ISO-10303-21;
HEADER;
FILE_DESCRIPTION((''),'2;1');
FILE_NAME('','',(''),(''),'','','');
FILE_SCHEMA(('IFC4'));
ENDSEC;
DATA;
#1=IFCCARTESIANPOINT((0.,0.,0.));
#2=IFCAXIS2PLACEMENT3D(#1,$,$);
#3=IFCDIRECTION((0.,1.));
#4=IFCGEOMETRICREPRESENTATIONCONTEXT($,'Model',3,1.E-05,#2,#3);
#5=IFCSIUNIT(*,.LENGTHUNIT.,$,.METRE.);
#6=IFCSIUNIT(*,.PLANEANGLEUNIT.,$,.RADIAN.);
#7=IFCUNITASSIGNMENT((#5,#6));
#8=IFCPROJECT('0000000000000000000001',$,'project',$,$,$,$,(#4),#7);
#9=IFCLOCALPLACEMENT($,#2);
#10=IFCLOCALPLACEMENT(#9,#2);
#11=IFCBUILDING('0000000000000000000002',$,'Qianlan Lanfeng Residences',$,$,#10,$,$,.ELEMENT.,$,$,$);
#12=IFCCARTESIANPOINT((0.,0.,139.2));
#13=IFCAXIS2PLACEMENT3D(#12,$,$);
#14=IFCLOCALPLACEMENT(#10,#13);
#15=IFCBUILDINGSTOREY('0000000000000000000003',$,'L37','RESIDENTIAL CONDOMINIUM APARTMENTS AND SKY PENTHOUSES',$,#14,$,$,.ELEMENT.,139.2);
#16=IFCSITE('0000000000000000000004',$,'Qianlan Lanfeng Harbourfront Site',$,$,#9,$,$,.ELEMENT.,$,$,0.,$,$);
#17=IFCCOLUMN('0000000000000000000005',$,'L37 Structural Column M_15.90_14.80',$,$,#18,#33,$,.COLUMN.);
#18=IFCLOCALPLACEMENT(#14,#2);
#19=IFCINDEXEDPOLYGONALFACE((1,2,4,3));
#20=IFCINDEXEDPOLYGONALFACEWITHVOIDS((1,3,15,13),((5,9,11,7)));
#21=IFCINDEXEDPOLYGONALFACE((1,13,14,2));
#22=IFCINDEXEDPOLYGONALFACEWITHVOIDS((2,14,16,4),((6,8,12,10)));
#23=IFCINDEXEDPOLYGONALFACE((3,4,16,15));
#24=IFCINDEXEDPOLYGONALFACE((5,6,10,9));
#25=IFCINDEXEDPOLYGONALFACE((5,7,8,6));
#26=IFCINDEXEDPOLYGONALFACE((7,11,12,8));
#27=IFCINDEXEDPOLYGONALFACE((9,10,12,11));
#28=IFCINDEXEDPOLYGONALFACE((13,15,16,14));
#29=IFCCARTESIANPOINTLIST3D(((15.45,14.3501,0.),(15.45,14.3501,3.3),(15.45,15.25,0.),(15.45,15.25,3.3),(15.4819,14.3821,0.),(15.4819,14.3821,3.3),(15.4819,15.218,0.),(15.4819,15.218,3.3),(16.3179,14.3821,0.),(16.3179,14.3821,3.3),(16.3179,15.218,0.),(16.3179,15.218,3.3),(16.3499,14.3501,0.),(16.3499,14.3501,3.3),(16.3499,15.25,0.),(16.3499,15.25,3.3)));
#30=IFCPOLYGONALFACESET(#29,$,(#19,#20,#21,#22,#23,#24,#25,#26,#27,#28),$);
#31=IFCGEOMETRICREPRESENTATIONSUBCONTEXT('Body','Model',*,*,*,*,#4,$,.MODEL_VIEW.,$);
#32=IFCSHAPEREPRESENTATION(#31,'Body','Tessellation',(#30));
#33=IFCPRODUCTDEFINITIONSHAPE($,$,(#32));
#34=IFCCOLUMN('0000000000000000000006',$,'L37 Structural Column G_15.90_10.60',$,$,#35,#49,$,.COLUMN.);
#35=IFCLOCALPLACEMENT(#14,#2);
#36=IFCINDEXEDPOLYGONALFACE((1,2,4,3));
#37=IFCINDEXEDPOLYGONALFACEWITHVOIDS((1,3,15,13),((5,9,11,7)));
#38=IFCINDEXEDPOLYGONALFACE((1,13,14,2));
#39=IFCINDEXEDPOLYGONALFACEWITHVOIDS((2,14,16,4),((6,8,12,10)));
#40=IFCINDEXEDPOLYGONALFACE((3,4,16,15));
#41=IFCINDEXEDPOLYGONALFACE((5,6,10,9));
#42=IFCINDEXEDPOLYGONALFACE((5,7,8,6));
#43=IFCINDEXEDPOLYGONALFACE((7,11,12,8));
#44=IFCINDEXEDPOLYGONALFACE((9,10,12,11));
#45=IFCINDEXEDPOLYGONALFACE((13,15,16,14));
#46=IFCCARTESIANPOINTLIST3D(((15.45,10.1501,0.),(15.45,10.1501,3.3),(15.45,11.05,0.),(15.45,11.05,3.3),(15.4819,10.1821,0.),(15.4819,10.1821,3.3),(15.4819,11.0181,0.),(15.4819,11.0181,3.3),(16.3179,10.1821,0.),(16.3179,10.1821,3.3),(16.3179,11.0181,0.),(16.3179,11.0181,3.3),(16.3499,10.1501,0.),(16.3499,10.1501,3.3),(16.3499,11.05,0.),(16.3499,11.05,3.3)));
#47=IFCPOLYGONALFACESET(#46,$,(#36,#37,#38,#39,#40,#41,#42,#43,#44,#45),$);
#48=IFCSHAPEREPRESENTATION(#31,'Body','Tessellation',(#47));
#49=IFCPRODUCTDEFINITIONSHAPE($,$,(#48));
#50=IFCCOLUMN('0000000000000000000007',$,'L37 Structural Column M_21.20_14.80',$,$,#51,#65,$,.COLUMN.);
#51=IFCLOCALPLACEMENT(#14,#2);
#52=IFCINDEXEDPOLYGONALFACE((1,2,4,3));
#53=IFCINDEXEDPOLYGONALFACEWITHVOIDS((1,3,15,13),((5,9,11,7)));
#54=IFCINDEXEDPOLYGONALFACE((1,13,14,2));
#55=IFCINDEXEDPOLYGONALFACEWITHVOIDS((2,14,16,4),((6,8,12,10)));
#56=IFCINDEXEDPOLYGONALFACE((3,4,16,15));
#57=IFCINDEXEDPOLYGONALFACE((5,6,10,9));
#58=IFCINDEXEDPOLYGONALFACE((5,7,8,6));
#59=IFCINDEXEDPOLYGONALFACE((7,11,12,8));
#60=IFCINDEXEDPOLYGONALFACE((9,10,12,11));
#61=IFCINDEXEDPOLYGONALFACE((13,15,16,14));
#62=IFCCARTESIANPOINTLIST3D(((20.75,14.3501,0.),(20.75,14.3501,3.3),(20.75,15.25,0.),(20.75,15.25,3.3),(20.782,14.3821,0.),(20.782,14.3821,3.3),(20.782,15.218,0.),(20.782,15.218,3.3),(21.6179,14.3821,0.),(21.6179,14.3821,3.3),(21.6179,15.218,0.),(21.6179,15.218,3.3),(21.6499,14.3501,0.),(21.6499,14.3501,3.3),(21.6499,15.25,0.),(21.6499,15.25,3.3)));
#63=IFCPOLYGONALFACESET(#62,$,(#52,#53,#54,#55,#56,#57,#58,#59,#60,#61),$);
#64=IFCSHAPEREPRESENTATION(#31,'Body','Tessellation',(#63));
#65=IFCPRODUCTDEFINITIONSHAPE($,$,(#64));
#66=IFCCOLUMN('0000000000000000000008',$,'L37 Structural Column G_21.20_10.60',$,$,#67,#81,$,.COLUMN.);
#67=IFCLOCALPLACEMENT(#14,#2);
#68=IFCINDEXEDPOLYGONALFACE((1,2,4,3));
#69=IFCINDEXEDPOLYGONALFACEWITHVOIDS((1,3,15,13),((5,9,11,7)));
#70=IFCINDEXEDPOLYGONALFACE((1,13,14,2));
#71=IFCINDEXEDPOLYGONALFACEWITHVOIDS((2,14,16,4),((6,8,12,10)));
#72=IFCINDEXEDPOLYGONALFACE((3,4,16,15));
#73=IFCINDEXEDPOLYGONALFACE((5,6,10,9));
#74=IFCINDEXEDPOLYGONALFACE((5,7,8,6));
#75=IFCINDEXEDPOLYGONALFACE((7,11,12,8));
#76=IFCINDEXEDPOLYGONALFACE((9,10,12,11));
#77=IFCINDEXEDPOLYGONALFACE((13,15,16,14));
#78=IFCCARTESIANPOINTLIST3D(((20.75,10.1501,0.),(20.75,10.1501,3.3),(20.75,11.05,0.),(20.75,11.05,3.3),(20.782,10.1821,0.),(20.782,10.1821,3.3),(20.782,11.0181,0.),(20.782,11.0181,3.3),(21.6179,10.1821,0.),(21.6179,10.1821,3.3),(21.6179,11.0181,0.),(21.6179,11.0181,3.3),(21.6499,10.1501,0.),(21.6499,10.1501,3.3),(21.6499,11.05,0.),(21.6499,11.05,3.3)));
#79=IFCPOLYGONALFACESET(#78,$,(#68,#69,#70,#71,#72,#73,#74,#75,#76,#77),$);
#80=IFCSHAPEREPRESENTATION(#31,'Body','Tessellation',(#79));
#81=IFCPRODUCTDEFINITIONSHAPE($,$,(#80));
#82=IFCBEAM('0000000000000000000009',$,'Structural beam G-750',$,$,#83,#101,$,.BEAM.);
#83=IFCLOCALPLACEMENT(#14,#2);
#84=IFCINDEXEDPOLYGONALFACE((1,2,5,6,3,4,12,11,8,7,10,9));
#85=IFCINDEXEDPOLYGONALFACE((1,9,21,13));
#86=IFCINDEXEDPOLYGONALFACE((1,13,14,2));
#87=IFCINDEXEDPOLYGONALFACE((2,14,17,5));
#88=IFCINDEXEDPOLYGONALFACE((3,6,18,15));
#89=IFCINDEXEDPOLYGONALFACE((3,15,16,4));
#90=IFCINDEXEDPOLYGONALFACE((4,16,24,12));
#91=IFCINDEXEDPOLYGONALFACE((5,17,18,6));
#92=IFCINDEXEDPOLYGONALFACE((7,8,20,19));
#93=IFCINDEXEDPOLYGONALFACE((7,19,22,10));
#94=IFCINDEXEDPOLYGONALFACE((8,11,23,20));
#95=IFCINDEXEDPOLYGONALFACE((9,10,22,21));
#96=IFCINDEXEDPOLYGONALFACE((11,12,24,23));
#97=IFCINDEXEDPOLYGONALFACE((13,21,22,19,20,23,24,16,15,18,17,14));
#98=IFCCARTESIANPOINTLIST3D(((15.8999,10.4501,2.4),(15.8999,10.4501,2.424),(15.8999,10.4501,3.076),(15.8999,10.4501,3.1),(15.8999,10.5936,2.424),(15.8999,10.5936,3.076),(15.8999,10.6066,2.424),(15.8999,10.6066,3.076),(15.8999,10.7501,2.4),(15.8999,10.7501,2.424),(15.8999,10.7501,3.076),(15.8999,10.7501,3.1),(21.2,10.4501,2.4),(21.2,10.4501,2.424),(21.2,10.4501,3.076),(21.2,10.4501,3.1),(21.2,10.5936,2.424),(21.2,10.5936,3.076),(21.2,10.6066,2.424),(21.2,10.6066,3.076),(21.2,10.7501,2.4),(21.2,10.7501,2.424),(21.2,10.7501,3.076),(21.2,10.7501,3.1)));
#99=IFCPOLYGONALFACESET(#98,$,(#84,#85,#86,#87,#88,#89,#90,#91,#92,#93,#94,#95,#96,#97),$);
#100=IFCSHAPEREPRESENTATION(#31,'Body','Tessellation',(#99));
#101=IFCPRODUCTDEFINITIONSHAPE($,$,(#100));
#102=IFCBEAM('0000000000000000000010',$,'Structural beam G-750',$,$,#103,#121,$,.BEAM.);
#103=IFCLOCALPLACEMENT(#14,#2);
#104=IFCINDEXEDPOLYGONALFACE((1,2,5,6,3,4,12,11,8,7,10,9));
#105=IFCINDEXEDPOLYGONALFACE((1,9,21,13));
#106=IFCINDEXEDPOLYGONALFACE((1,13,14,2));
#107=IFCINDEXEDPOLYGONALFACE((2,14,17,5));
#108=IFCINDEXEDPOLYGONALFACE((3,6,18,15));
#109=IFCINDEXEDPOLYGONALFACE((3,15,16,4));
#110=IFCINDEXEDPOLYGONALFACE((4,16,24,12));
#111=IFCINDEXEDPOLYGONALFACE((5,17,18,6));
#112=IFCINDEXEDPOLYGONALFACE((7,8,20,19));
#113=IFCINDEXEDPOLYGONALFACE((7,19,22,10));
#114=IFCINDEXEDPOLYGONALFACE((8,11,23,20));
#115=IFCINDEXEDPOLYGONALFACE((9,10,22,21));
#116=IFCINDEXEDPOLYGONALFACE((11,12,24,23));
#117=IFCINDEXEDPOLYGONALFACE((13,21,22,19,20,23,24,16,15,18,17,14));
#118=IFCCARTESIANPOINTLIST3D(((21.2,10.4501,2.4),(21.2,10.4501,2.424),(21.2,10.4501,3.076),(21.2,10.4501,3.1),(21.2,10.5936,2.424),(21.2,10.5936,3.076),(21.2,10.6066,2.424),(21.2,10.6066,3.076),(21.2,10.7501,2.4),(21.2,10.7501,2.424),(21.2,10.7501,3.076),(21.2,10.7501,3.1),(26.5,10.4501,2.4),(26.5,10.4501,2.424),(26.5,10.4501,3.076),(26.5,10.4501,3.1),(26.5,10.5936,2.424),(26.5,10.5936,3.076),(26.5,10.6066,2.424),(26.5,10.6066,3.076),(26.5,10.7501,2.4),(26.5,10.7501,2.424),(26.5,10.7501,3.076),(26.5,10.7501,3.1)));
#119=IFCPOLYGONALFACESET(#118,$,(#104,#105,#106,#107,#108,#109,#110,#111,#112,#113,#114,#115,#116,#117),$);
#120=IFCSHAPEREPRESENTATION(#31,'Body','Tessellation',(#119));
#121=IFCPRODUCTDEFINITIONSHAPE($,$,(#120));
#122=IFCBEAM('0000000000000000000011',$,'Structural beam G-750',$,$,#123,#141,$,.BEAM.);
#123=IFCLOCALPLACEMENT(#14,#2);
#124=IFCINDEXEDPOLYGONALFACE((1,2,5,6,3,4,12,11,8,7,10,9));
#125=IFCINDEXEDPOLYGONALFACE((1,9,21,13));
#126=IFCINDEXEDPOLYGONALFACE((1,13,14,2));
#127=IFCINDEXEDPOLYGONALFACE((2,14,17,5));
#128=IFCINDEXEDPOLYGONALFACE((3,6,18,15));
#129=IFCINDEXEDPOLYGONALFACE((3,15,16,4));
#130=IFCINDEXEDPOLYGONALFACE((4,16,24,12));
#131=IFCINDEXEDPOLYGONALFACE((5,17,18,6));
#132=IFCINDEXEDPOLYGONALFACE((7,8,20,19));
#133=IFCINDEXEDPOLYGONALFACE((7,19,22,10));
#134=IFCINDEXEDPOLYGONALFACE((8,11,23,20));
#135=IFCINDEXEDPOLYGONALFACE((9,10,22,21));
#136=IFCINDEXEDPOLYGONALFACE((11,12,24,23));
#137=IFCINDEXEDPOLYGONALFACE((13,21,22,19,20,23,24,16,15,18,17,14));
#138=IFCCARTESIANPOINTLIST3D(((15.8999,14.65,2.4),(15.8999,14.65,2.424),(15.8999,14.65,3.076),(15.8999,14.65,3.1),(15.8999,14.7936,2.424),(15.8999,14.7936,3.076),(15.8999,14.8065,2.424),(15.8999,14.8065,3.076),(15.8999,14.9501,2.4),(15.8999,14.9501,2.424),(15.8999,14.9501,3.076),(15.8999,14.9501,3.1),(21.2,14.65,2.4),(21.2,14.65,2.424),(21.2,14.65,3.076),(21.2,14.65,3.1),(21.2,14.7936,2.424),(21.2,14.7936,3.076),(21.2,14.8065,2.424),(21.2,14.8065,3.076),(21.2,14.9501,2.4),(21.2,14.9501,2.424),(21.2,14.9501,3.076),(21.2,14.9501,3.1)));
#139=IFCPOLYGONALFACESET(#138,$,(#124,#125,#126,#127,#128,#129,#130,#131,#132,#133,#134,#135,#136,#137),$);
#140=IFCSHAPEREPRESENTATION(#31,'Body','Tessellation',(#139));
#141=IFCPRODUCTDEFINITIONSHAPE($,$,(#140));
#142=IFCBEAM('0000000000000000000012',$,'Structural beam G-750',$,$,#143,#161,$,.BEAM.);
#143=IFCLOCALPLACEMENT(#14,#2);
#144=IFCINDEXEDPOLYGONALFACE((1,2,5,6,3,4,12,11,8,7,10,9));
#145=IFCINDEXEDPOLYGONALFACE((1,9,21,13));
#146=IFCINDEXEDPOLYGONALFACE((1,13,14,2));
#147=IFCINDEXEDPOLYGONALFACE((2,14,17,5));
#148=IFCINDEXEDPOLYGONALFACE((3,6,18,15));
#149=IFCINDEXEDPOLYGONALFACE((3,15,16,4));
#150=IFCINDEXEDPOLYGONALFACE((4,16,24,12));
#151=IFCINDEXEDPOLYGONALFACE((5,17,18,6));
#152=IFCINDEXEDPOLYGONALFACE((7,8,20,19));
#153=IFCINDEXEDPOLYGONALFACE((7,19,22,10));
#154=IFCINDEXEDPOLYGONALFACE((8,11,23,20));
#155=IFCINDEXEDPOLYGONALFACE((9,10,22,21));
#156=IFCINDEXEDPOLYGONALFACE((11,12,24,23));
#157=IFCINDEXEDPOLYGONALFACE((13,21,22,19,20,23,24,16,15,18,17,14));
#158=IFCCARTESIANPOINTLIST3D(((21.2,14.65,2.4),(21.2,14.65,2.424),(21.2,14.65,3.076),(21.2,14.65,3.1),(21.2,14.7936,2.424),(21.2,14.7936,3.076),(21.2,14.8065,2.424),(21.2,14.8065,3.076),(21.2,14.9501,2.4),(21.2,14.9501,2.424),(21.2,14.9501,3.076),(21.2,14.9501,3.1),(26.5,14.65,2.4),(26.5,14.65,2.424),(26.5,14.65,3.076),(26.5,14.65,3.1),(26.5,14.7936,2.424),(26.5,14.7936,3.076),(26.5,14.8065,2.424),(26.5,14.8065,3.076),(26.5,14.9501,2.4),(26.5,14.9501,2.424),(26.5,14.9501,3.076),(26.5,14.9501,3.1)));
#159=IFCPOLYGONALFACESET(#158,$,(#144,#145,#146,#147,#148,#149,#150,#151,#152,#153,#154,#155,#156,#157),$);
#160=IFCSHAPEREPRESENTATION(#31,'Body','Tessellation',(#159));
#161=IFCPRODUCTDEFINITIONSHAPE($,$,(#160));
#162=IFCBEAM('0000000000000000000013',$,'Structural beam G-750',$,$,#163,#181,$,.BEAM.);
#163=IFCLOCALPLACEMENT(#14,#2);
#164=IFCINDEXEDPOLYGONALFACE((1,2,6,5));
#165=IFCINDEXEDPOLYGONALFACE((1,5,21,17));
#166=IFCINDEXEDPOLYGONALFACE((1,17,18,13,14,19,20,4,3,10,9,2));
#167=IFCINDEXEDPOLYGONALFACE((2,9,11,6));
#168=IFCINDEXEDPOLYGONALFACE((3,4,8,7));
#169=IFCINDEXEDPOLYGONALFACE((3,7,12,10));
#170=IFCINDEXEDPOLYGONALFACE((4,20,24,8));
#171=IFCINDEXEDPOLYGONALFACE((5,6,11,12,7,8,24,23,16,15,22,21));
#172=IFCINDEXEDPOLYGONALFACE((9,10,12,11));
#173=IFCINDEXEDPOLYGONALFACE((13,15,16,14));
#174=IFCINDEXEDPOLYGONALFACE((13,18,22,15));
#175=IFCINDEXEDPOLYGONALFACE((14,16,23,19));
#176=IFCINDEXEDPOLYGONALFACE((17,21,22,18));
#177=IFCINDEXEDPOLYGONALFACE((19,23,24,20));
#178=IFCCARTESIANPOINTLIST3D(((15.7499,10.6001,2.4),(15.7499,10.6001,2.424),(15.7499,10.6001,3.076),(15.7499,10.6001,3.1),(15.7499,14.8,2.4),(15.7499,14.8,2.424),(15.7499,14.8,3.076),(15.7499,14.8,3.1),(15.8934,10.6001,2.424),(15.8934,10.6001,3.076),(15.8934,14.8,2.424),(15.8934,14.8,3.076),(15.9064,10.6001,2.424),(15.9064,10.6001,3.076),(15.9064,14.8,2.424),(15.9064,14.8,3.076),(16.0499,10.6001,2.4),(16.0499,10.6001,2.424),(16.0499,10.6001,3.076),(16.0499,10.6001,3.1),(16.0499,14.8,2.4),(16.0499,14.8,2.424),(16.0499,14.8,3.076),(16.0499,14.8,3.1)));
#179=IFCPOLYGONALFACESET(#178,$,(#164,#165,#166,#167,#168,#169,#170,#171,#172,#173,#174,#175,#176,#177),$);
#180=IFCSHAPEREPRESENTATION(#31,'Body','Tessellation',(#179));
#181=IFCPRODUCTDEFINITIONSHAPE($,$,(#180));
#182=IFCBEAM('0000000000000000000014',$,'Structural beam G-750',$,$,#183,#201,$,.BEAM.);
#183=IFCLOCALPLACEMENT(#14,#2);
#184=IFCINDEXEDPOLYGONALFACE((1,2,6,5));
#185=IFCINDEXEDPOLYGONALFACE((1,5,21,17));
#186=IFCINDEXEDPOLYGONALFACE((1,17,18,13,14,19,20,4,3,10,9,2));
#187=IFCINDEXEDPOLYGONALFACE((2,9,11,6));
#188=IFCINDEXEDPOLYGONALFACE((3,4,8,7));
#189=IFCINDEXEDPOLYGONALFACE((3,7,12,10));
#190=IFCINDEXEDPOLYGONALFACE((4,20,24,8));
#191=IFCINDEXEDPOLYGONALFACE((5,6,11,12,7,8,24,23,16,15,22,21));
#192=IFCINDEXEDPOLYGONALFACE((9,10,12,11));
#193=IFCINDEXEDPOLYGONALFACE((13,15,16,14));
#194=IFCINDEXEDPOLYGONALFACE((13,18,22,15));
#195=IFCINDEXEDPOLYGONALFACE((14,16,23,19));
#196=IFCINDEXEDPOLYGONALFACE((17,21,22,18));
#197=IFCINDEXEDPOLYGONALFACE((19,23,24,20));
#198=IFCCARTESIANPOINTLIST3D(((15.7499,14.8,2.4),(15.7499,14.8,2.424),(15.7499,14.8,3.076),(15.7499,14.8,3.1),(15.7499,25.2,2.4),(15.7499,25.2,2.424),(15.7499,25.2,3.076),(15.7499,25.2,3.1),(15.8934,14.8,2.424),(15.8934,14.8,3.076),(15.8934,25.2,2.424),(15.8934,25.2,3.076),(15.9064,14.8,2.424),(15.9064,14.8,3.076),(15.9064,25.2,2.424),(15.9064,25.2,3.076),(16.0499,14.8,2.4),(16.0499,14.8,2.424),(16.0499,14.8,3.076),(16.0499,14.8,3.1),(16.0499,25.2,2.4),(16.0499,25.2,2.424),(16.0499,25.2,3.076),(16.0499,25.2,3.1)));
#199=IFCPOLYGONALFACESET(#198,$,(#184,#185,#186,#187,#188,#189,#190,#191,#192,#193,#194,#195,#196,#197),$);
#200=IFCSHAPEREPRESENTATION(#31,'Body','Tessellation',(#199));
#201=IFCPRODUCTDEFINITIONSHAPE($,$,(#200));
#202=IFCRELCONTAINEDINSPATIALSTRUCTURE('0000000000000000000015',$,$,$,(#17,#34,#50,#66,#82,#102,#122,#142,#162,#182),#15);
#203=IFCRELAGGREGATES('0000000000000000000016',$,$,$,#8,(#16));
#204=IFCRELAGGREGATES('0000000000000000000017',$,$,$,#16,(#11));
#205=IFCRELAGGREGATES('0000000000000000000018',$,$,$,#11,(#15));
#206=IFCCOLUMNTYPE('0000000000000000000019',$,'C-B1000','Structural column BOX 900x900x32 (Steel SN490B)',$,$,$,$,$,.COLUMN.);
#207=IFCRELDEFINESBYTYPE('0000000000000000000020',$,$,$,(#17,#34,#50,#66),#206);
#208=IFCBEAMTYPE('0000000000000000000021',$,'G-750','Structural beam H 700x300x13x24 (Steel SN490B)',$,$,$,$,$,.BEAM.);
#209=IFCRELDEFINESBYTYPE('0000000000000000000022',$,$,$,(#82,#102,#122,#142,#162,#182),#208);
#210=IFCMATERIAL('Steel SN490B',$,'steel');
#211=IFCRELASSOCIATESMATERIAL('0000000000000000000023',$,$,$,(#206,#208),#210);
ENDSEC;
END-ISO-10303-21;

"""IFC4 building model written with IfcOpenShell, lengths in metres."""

from ifc_helpers import new_model, si_unit, direction, frame, origin, origin_2d, place, context, subcontext, project, spatial, hollow_rectangle, i_section, extrude, material, material_profile, profile_set, type_object, element, save


model = new_model("IFC4")

# Units and contexts
model_context = context("Model", 3, precision=1e-05, world=origin(), true_north=direction((0.0, 1.0)))
body_context = subcontext(model_context, "Body", "Model", "MODEL_VIEW")
ifc_project = project(units=[si_unit("LENGTHUNIT", "METRE"), si_unit("PLANEANGLEUNIT", "RADIAN")], contexts=[model_context])

# Site, building, storey
site_placement = place(None, origin())
site = spatial("IfcSite", under=ifc_project, at=site_placement, Name="Qianlan Lanfeng Harbourfront Site", CompositionType="ELEMENT", RefElevation=0.0)
building_placement = place(site_placement, origin())
building = spatial("IfcBuilding", under=site, at=building_placement, Name="Qianlan Lanfeng Residences", CompositionType="ELEMENT")
storey_placement = place(building_placement, frame((0.0, 0.0, 139.2)))
storey = spatial("IfcBuildingStorey", under=building, at=storey_placement, Name="L37", Description="RESIDENTIAL CONDOMINIUM APARTMENTS AND SKY PENTHOUSES", CompositionType="ELEMENT", Elevation=139.2)

# Columns
ifc_material_1 = material(Name="Steel SN490B", Category="steel")
ifc_material_profile_1 = material_profile(ifc_material_1, hollow_rectangle(XDim=0.8999, YDim=0.8999, WallThickness=0.032, at=origin_2d()), Name="BOX 900x900x32")
ifc_profile_set_1 = profile_set([ifc_material_profile_1], Name="Steel SN490B")
column_type = type_object("IfcColumnType", Name="C-B1000", Description="Structural column BOX 900x900x32 (Steel SN490B)", PredefinedType="COLUMN", material=ifc_profile_set_1)
for number, where, z_axis, x_axis, name in (
    (1, (15.8999, 14.8, 0.0), (0.0, 0.0, 1.0), (1.0, 0.0, 0.0), "L37 Structural Column M_15.90_14.80"),
    (2, (15.8999, 10.6001, 0.0), (0.0, 0.0, 1.0), (1.0, 0.0, 0.0), "L37 Structural Column G_15.90_10.60"),
    (3, (21.2, 14.8, 0.0), (0.0, 0.0, 1.0), (1.0, 0.0, 0.0), "L37 Structural Column M_21.20_14.80"),
    (4, (21.2, 10.6001, 0.0), (0.0, 0.0, 1.0), (1.0, 0.0, 0.0), "L37 Structural Column G_21.20_10.60"),
):
    element("IfcColumn", number, at=place(storey_placement, frame(where, z_axis=z_axis, x_axis=x_axis)), inside=storey, type_object=column_type, Name=name, PredefinedType="COLUMN", context=body_context, shape_type="SweptSolid", body=[
        extrude(hollow_rectangle(XDim=0.8999, YDim=0.8999, WallThickness=0.032, at=origin_2d()), origin(), (0.0, 0.0, 1.0), 3.3),
    ])

# Beams
ifc_material_profile_2 = material_profile(ifc_material_1, i_section(OverallWidth=0.3, OverallDepth=0.7, WebThickness=0.0129, FlangeThickness=0.0239, at=origin_2d()), Name="H 700x300x13x24")
ifc_profile_set_2 = profile_set([ifc_material_profile_2], Name="Steel SN490B")
beam_type_1 = type_object("IfcBeamType", Name="G-750", Description="Structural beam H 700x300x13x24 (Steel SN490B)", PredefinedType="BEAM", material=ifc_profile_set_2)
for number, where, z_axis, x_axis, name in (
    (5, (15.8999, 10.6001, 2.75), (1.0, 0.0, 0.0), (0.0, 1.0, 0.0), "Structural beam G-750"),
    (6, (21.2, 10.6001, 2.75), (1.0, 0.0, 0.0), (0.0, 1.0, 0.0), "Structural beam G-750"),
    (7, (15.8999, 14.8, 2.75), (1.0, 0.0, 0.0), (0.0, 1.0, 0.0), "Structural beam G-750"),
    (8, (21.2, 14.8, 2.75), (1.0, 0.0, 0.0), (0.0, 1.0, 0.0), "Structural beam G-750"),
):
    element("IfcBeam", number, at=place(storey_placement, frame(where, z_axis=z_axis, x_axis=x_axis)), inside=storey, type_object=beam_type_1, Name=name, PredefinedType="BEAM", context=body_context, shape_type="SweptSolid", body=[
        extrude(i_section(OverallWidth=0.3, OverallDepth=0.7, WebThickness=0.0129, FlangeThickness=0.0239, at=origin_2d()), origin(), (0.0, 0.0, 1.0), 5.3),
    ])
beam_1_placement = place(storey_placement, frame((15.8999, 10.6001, 2.75), z_axis=(0.0, 1.0, 0.0), x_axis=(-1.0, 0.0, 0.0)))
element("IfcBeam", 9, at=beam_1_placement, inside=storey, type_object=beam_type_1, Name="Structural beam G-750", PredefinedType="BEAM", context=body_context, shape_type="SweptSolid", body=[
    extrude(i_section(OverallWidth=0.3, OverallDepth=0.7, WebThickness=0.0129, FlangeThickness=0.0239, at=origin_2d()), origin(), (0.0, 0.0, 1.0), 4.2),
])
beam_2_placement = place(storey_placement, frame((15.8999, 14.8, 2.75), z_axis=(0.0, 1.0, 0.0), x_axis=(-1.0, 0.0, 0.0)))
element("IfcBeam", 10, at=beam_2_placement, inside=storey, type_object=beam_type_1, Name="Structural beam G-750", PredefinedType="BEAM", context=body_context, shape_type="SweptSolid", body=[
    extrude(i_section(OverallWidth=0.3, OverallDepth=0.7, WebThickness=0.0129, FlangeThickness=0.0239, at=origin_2d()), origin(), (0.0, 0.0, 1.0), 10.3999),
])

save(model, "model.ifc")
